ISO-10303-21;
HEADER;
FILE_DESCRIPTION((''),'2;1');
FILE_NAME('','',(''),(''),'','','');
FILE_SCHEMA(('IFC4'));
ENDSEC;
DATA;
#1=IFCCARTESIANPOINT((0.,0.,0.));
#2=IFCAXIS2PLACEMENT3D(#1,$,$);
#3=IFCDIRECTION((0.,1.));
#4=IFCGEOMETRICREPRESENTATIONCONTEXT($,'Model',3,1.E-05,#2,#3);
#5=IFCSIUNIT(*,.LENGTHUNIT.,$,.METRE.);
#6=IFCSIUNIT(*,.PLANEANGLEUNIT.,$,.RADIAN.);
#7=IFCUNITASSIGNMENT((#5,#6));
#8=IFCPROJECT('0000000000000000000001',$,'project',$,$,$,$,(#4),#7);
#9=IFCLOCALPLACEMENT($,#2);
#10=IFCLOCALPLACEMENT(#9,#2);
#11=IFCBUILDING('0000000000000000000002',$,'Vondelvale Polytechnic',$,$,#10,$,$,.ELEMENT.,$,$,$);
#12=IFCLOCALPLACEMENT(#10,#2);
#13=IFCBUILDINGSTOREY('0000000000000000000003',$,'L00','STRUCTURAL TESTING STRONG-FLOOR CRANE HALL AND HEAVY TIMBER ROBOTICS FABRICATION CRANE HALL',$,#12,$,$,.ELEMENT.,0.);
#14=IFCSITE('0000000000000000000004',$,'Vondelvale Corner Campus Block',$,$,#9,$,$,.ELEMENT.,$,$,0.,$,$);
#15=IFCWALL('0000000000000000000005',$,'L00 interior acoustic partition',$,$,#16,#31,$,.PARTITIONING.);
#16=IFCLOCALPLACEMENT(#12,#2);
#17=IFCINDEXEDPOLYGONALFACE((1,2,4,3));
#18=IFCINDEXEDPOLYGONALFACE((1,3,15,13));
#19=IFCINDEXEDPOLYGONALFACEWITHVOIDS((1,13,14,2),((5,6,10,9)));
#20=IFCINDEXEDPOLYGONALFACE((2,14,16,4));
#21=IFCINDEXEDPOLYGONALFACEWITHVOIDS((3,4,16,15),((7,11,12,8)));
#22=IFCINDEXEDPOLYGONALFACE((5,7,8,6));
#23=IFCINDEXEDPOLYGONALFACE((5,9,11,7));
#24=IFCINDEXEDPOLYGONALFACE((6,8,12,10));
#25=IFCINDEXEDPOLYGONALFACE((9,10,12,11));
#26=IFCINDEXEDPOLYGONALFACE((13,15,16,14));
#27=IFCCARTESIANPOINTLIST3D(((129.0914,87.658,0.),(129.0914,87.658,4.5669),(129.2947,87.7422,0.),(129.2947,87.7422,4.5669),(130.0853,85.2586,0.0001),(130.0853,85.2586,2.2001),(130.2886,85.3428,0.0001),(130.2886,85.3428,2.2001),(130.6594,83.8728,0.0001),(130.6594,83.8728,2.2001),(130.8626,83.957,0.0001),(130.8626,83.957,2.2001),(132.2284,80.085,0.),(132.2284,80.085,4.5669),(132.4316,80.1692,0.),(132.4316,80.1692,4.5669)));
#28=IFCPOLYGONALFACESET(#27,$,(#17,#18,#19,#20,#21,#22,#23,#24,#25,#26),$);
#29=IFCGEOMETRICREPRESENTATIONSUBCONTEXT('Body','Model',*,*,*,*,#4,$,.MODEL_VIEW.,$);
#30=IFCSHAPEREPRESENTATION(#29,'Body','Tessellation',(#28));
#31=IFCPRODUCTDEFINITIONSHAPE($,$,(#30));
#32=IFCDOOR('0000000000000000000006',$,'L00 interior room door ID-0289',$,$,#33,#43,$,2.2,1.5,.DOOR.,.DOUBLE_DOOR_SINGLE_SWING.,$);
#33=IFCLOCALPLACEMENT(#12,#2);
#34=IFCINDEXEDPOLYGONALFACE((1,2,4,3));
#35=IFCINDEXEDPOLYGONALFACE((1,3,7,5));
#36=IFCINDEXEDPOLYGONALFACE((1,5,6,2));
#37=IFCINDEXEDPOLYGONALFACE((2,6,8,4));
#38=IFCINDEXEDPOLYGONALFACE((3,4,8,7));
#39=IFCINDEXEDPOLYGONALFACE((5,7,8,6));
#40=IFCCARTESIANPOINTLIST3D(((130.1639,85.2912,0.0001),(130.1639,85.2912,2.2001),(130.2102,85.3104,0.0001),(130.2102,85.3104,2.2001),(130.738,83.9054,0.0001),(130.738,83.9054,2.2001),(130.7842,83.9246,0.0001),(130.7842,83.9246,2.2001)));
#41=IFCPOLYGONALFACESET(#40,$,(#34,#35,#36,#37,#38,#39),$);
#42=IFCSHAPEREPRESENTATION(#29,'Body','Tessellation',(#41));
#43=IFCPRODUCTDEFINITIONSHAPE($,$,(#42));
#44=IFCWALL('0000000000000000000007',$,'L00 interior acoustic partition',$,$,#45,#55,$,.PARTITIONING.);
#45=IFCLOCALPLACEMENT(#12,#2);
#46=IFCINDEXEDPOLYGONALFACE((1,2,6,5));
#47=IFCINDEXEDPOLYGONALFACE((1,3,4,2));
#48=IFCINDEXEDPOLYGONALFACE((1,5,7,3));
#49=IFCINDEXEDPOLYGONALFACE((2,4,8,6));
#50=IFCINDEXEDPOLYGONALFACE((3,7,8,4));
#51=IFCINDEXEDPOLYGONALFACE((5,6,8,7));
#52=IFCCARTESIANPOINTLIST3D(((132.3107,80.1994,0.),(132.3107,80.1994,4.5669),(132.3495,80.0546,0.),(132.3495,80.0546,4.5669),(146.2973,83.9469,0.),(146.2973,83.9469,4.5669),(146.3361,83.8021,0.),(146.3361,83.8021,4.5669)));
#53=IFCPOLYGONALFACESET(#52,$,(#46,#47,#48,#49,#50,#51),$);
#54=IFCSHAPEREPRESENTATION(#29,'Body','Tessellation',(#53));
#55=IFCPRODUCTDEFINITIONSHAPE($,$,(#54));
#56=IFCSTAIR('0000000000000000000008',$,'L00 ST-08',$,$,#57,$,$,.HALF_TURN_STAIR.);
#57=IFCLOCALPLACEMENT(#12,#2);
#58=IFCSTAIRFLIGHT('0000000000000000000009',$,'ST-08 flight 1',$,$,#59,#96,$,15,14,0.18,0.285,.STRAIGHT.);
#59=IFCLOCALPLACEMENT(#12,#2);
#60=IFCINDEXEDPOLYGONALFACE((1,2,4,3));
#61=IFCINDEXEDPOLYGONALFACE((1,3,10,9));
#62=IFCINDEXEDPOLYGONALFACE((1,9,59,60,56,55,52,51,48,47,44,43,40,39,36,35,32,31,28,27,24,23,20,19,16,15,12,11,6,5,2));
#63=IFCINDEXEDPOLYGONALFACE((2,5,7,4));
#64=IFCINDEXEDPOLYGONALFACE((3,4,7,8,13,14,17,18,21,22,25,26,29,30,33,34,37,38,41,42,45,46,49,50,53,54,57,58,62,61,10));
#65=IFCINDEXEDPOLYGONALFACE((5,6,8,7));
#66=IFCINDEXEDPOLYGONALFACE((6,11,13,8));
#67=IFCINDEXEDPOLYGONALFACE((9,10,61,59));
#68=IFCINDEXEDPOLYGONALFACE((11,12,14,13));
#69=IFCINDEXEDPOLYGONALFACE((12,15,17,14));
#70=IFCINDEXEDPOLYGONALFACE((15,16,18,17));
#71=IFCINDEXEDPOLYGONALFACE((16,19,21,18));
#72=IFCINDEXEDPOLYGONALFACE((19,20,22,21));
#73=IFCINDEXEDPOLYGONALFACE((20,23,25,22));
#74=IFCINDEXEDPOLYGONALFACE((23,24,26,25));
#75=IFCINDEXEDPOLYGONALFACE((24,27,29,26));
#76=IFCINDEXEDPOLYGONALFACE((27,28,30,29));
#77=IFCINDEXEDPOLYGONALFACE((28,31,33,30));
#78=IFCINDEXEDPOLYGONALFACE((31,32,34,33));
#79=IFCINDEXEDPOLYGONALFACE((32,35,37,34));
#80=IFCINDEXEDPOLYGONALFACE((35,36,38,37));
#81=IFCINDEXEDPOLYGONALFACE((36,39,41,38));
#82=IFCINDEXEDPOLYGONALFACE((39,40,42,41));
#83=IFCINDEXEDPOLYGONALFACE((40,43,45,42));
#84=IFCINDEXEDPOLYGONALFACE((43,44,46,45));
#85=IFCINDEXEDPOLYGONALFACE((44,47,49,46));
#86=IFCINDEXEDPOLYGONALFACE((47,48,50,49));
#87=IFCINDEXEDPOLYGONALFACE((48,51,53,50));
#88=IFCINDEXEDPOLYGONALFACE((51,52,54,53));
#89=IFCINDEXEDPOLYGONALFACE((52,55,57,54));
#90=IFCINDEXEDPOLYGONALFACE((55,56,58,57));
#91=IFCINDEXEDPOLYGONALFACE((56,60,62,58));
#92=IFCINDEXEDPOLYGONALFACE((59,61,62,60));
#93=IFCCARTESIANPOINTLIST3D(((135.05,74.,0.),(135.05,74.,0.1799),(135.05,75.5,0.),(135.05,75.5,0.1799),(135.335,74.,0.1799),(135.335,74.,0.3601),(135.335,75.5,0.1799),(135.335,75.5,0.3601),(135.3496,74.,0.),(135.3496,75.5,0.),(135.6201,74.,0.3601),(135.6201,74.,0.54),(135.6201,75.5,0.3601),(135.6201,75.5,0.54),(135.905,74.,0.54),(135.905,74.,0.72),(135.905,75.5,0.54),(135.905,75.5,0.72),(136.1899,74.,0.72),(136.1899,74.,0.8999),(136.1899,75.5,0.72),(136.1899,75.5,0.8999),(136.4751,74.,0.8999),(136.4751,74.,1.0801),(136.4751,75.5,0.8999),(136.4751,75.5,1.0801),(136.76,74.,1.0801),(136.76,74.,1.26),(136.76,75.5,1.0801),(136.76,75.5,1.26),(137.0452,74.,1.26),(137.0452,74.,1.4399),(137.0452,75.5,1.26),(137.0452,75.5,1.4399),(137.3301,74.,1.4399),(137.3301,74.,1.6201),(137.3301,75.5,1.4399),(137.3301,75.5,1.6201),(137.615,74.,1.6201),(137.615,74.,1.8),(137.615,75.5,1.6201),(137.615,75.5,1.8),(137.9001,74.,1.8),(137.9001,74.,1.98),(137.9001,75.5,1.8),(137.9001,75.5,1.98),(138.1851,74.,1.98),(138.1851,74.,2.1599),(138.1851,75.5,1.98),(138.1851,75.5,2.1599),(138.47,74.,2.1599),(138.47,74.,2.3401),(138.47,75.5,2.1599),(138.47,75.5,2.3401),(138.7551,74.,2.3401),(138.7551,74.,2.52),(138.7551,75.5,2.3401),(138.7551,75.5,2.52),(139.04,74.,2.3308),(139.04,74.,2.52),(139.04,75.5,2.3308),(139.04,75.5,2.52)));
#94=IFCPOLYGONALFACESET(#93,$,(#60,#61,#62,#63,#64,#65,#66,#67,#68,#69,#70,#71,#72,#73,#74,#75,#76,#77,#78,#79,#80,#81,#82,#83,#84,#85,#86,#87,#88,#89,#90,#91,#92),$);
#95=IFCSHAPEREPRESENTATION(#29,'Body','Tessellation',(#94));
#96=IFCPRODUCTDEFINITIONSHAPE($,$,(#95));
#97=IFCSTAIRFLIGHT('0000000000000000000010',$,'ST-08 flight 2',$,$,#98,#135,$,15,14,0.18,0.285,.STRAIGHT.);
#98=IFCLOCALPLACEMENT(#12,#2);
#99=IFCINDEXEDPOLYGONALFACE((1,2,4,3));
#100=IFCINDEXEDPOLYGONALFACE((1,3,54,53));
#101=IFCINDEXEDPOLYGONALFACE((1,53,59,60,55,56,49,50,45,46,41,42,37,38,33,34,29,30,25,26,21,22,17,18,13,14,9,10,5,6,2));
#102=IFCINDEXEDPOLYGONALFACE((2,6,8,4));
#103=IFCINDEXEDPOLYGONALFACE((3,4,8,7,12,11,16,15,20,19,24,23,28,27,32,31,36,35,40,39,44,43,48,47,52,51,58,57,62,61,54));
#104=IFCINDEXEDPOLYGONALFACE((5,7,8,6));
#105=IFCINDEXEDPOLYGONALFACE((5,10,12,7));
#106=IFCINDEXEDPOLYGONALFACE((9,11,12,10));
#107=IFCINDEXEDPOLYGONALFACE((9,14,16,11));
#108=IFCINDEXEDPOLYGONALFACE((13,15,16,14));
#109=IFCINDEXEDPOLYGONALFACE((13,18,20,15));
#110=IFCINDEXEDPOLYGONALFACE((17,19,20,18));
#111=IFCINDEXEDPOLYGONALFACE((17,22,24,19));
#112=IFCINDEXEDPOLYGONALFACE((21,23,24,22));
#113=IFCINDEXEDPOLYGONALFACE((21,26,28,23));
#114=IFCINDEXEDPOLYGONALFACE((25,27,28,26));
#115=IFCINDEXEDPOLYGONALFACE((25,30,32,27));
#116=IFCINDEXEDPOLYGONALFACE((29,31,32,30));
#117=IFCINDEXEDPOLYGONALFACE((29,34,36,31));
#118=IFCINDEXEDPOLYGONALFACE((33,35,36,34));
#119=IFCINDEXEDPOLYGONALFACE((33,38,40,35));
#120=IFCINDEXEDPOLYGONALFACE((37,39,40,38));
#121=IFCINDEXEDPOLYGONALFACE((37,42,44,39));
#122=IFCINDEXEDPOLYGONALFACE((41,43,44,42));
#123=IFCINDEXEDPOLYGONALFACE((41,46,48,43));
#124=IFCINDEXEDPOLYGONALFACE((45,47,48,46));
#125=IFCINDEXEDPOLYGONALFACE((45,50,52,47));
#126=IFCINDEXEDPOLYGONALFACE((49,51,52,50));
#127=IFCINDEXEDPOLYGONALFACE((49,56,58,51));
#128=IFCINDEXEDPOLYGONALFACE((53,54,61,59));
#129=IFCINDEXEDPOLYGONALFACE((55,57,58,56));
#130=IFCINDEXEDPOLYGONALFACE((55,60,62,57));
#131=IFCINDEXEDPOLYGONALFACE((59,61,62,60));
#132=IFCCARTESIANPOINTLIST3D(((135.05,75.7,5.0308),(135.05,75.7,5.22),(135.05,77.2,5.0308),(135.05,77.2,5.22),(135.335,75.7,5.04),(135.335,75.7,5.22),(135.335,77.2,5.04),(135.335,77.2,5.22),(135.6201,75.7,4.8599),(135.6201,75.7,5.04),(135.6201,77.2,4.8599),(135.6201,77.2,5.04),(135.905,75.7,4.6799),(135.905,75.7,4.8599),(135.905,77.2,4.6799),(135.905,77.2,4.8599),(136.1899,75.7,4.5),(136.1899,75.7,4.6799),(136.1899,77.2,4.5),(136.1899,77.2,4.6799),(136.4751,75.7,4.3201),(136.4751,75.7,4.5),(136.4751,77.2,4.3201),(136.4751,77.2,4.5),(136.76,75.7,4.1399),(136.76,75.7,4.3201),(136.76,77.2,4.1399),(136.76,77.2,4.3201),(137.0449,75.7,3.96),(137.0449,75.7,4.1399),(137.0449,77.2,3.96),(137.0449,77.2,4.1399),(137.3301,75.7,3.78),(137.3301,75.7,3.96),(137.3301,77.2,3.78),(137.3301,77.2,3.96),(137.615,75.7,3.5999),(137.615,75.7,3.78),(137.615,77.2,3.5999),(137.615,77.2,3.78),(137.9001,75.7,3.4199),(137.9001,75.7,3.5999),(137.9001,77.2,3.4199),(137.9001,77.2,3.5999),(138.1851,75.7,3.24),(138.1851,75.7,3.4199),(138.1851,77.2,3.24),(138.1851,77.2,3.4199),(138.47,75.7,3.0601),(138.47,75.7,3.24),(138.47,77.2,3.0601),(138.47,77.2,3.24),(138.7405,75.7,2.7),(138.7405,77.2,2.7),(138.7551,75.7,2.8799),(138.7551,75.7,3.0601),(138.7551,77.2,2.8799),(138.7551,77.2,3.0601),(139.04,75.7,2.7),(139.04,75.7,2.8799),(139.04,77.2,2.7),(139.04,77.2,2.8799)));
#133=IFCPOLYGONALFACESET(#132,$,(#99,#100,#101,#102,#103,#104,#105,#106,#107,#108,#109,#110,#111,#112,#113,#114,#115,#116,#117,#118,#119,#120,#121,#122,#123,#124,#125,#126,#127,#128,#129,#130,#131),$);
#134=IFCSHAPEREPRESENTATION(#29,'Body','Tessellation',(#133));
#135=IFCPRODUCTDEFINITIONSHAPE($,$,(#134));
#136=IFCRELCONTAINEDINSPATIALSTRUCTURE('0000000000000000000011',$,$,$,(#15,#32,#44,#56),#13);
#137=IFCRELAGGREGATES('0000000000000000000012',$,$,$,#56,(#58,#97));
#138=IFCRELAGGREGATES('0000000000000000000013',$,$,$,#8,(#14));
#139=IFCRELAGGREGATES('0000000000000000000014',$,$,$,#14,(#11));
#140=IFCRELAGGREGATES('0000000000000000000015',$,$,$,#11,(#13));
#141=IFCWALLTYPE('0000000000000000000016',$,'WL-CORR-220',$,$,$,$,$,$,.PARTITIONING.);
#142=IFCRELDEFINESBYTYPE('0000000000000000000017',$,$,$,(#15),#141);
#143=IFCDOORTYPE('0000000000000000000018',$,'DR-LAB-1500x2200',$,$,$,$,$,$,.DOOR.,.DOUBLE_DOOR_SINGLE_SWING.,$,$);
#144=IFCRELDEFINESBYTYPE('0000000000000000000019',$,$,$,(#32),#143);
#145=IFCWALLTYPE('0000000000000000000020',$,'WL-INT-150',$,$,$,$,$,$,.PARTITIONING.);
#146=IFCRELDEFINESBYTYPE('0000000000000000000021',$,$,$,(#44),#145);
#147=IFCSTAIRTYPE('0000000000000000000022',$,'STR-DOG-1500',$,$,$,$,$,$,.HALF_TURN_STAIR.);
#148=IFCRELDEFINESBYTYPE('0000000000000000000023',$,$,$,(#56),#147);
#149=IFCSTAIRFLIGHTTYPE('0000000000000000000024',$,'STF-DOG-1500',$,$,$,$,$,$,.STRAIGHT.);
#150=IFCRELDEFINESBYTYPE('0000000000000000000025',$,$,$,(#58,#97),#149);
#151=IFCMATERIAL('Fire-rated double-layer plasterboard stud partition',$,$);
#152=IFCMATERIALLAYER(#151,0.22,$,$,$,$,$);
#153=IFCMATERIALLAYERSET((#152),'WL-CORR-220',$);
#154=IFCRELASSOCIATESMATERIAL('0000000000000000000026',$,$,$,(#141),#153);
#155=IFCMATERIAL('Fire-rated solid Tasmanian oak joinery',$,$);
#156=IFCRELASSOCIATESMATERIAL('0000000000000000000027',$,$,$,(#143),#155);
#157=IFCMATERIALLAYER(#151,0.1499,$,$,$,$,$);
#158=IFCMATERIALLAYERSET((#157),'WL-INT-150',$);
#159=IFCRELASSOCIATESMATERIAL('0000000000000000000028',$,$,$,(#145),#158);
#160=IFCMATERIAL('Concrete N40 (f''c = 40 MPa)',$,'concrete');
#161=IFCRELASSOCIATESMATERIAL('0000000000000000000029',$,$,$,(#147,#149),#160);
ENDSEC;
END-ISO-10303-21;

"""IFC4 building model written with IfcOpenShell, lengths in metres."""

from ifc_helpers import new_model, si_unit, direction, frame, frame_2d, origin, place, context, subcontext, project, spatial, polyline, rectangle, outline, extrude, material, layer, layer_set, type_object, element, fill, aggregate, save


model = new_model("IFC4")

# Units and contexts
model_context = context("Model", 3, precision=1e-05, world=origin(), true_north=direction((0.0, 1.0)))
body_context = subcontext(model_context, "Body", "Model", "MODEL_VIEW")
ifc_project = project(units=[si_unit("LENGTHUNIT", "METRE"), si_unit("PLANEANGLEUNIT", "RADIAN")], contexts=[model_context])

# Site, building, storey
site_placement = place(None, origin())
site = spatial("IfcSite", under=ifc_project, at=site_placement, Name="Vondelvale Corner Campus Block", CompositionType="ELEMENT", RefElevation=0.0)
building_placement = place(site_placement, origin())
building = spatial("IfcBuilding", under=site, at=building_placement, Name="Vondelvale Polytechnic", CompositionType="ELEMENT")
storey_placement = place(building_placement, origin())
storey = spatial("IfcBuildingStorey", under=building, at=storey_placement, Name="L00", Description="STRUCTURAL TESTING STRONG-FLOOR CRANE HALL AND HEAVY TIMBER ROBOTICS FABRICATION CRANE HALL", CompositionType="ELEMENT", Elevation=0.0)

# Shared definitions
ifc_material_1 = material(Name="Concrete N40 (f'c = 40 MPa)", Category="concrete")

# Shared definitions
ifc_material_2 = material(Name="Fire-rated double-layer plasterboard stud partition")
ifc_layer_1 = layer(ifc_material_2, 0.22)
ifc_layer_set_1 = layer_set([ifc_layer_1], Name="WL-CORR-220")
wall_type_1 = type_object("IfcWallType", Name="WL-CORR-220", PredefinedType="PARTITIONING", material=ifc_layer_set_1)

# Wall, opening, door
wall_1_placement = place(storey_placement, frame((132.3301, 80.127, 0.0), z_axis=(0.0, 0.0, 1.0), x_axis=(-0.382696, 0.923874, 0.0)))
wall_1 = element("IfcWall", 1, at=wall_1_placement, inside=storey, type_object=wall_type_1, Name="L00 interior acoustic partition", PredefinedType="PARTITIONING", context=body_context, shape_type="SweptSolid", body=[
    extrude(rectangle(XDim=8.197, YDim=0.22, at=frame_2d((4.0986, 0.0))), origin(), (0.0, 0.0, 1.0), 4.5669),
])
opening_1_placement = place(wall_1_placement, frame((4.1001, 0.0, 0.0)))
opening_1 = element("IfcOpeningElement", 2, at=opening_1_placement, cuts=wall_1, PredefinedType="OPENING", context=body_context, shape_type="SweptSolid", body=[
    extrude(rectangle(XDim=1.5, YDim=2.2, at=frame_2d((0.75, 1.1001))), frame((0.0, 0.1199, 0.0), z_axis=(0.0, -1.0, 0.0), x_axis=(1.0, 0.0, 0.0)), (0.0, 0.0, 1.0), 0.24),
])
ifc_material_3 = material(Name="Fire-rated solid Tasmanian oak joinery")
door_type_1 = type_object("IfcDoorType", Name="DR-LAB-1500x2200", OperationType="DOUBLE_DOOR_SINGLE_SWING", PredefinedType="DOOR", material=ifc_material_3)
door_1_placement = place(opening_1_placement, origin())
door_1 = element("IfcDoor", 3, at=door_1_placement, inside=storey, type_object=door_type_1, Name="L00 interior room door ID-0289", OperationType="DOUBLE_DOOR_SINGLE_SWING", OverallHeight=2.2, OverallWidth=1.5, PredefinedType="DOOR", context=body_context, shape_type="SweptSolid", body=[
    extrude(rectangle(XDim=1.5, YDim=2.2, at=frame_2d((0.75, 1.1001))), frame((0.0, 0.0249, 0.0), z_axis=(0.0, -1.0, 0.0), x_axis=(1.0, 0.0, 0.0)), (0.0, 0.0, 1.0), 0.05),
])
fill(opening_1, door_1)

# Wall
ifc_layer_2 = layer(ifc_material_2, 0.1499)
ifc_layer_set_2 = layer_set([ifc_layer_2], Name="WL-INT-150")
wall_type_2 = type_object("IfcWallType", Name="WL-INT-150", PredefinedType="PARTITIONING", material=ifc_layer_set_2)
wall_2_placement = place(storey_placement, frame((132.3301, 80.127, 0.0), z_axis=(0.0, 0.0, 1.0), x_axis=(0.965928, 0.258811, 0.0)))
element("IfcWall", 4, at=wall_2_placement, inside=storey, type_object=wall_type_2, Name="L00 interior acoustic partition", PredefinedType="PARTITIONING", context=body_context, shape_type="SweptSolid", body=[
    extrude(rectangle(XDim=14.48, YDim=0.1499, at=frame_2d((7.24, 0.0))), origin(), (0.0, 0.0, 1.0), 4.5669),
])

# Stair, stair flights
stair_type = type_object("IfcStairType", Name="STR-DOG-1500", PredefinedType="HALF_TURN_STAIR", material=ifc_material_1)
stair_placement = place(storey_placement, origin())
stair = element("IfcStair", 5, at=stair_placement, inside=storey, type_object=stair_type, Name="L00 ST-08", PredefinedType="HALF_TURN_STAIR")
stair_flight_type = type_object("IfcStairFlightType", Name="STF-DOG-1500", PredefinedType="STRAIGHT", material=ifc_material_1)
stair_flight_1_placement = place(storey_placement, frame((135.05, 74.75, 0.0), z_axis=(0.0, 0.0, 1.0), x_axis=(1.0, 0.0, 0.0)))
stair_flight_1 = element("IfcStairFlight", 6, at=stair_flight_1_placement, type_object=stair_flight_type, Name="ST-08 flight 1", NumberOfRisers=15, NumberOfTreads=14, PredefinedType="STRAIGHT", RiserHeight=0.18, TreadLength=0.285, context=body_context, shape_type="SweptSolid", body=[
    extrude(outline(polyline([(0.0, 0.0), (0.0, 0.1799), (0.2849, 0.1799), (0.2849, 0.3601), (0.5701, 0.3601), (0.5701, 0.54), (0.855, 0.54), (0.855, 0.72), (1.1399, 0.72), (1.1399, 0.8999), (1.425, 0.8999), (1.425, 1.0801), (1.71, 1.0801), (1.71, 1.26), (1.9951, 1.26), (1.9951, 1.4399), (2.28, 1.4399), (2.28, 1.6201), (2.5649, 1.6201), (2.5649, 1.8), (2.8501, 1.8), (2.8501, 1.98), (3.135, 1.98), (3.135, 2.1599), (3.4199, 2.1599), (3.4199, 2.3401), (3.7051, 2.3401), (3.7051, 2.52), (3.99, 2.52), (3.99, 2.7), (3.99, 2.3308), (0.2996, 0.0), (0.0, 0.0)])), frame((0.0, 0.75, 0.0), z_axis=(0.0, -1.0, 0.0), x_axis=(1.0, 0.0, 0.0)), (0.0, 0.0, 1.0), 1.5),
])
stair_flight_2_placement = place(storey_placement, frame((139.04, 76.45, 2.7), z_axis=(0.0, 0.0, 1.0), x_axis=(-1.0, 0.0, 0.0)))
stair_flight_2 = element("IfcStairFlight", 7, at=stair_flight_2_placement, type_object=stair_flight_type, Name="ST-08 flight 2", NumberOfRisers=15, NumberOfTreads=14, PredefinedType="STRAIGHT", RiserHeight=0.18, TreadLength=0.285, context=body_context, shape_type="SweptSolid", body=[
    extrude(outline(polyline([(0.0, 0.0), (0.0, 0.1799), (0.2849, 0.1799), (0.2849, 0.3601), (0.5701, 0.3601), (0.5701, 0.54), (0.855, 0.54), (0.855, 0.72), (1.1399, 0.72), (1.1399, 0.8999), (1.425, 0.8999), (1.425, 1.0801), (1.71, 1.0801), (1.71, 1.26), (1.9951, 1.26), (1.9951, 1.4399), (2.28, 1.4399), (2.28, 1.6201), (2.5649, 1.6201), (2.5649, 1.8), (2.8501, 1.8), (2.8501, 1.98), (3.135, 1.98), (3.135, 2.1599), (3.4199, 2.1599), (3.4199, 2.3401), (3.7051, 2.3401), (3.7051, 2.52), (3.99, 2.52), (3.99, 2.7), (3.99, 2.3308), (0.2996, 0.0), (0.0, 0.0)])), frame((0.0, 0.75, 0.0), z_axis=(0.0, -1.0, 0.0), x_axis=(1.0, 0.0, 0.0)), (0.0, 0.0, 1.0), 1.5),
])
aggregate(stair, [stair_flight_1, stair_flight_2])

save(model, "model.ifc")
